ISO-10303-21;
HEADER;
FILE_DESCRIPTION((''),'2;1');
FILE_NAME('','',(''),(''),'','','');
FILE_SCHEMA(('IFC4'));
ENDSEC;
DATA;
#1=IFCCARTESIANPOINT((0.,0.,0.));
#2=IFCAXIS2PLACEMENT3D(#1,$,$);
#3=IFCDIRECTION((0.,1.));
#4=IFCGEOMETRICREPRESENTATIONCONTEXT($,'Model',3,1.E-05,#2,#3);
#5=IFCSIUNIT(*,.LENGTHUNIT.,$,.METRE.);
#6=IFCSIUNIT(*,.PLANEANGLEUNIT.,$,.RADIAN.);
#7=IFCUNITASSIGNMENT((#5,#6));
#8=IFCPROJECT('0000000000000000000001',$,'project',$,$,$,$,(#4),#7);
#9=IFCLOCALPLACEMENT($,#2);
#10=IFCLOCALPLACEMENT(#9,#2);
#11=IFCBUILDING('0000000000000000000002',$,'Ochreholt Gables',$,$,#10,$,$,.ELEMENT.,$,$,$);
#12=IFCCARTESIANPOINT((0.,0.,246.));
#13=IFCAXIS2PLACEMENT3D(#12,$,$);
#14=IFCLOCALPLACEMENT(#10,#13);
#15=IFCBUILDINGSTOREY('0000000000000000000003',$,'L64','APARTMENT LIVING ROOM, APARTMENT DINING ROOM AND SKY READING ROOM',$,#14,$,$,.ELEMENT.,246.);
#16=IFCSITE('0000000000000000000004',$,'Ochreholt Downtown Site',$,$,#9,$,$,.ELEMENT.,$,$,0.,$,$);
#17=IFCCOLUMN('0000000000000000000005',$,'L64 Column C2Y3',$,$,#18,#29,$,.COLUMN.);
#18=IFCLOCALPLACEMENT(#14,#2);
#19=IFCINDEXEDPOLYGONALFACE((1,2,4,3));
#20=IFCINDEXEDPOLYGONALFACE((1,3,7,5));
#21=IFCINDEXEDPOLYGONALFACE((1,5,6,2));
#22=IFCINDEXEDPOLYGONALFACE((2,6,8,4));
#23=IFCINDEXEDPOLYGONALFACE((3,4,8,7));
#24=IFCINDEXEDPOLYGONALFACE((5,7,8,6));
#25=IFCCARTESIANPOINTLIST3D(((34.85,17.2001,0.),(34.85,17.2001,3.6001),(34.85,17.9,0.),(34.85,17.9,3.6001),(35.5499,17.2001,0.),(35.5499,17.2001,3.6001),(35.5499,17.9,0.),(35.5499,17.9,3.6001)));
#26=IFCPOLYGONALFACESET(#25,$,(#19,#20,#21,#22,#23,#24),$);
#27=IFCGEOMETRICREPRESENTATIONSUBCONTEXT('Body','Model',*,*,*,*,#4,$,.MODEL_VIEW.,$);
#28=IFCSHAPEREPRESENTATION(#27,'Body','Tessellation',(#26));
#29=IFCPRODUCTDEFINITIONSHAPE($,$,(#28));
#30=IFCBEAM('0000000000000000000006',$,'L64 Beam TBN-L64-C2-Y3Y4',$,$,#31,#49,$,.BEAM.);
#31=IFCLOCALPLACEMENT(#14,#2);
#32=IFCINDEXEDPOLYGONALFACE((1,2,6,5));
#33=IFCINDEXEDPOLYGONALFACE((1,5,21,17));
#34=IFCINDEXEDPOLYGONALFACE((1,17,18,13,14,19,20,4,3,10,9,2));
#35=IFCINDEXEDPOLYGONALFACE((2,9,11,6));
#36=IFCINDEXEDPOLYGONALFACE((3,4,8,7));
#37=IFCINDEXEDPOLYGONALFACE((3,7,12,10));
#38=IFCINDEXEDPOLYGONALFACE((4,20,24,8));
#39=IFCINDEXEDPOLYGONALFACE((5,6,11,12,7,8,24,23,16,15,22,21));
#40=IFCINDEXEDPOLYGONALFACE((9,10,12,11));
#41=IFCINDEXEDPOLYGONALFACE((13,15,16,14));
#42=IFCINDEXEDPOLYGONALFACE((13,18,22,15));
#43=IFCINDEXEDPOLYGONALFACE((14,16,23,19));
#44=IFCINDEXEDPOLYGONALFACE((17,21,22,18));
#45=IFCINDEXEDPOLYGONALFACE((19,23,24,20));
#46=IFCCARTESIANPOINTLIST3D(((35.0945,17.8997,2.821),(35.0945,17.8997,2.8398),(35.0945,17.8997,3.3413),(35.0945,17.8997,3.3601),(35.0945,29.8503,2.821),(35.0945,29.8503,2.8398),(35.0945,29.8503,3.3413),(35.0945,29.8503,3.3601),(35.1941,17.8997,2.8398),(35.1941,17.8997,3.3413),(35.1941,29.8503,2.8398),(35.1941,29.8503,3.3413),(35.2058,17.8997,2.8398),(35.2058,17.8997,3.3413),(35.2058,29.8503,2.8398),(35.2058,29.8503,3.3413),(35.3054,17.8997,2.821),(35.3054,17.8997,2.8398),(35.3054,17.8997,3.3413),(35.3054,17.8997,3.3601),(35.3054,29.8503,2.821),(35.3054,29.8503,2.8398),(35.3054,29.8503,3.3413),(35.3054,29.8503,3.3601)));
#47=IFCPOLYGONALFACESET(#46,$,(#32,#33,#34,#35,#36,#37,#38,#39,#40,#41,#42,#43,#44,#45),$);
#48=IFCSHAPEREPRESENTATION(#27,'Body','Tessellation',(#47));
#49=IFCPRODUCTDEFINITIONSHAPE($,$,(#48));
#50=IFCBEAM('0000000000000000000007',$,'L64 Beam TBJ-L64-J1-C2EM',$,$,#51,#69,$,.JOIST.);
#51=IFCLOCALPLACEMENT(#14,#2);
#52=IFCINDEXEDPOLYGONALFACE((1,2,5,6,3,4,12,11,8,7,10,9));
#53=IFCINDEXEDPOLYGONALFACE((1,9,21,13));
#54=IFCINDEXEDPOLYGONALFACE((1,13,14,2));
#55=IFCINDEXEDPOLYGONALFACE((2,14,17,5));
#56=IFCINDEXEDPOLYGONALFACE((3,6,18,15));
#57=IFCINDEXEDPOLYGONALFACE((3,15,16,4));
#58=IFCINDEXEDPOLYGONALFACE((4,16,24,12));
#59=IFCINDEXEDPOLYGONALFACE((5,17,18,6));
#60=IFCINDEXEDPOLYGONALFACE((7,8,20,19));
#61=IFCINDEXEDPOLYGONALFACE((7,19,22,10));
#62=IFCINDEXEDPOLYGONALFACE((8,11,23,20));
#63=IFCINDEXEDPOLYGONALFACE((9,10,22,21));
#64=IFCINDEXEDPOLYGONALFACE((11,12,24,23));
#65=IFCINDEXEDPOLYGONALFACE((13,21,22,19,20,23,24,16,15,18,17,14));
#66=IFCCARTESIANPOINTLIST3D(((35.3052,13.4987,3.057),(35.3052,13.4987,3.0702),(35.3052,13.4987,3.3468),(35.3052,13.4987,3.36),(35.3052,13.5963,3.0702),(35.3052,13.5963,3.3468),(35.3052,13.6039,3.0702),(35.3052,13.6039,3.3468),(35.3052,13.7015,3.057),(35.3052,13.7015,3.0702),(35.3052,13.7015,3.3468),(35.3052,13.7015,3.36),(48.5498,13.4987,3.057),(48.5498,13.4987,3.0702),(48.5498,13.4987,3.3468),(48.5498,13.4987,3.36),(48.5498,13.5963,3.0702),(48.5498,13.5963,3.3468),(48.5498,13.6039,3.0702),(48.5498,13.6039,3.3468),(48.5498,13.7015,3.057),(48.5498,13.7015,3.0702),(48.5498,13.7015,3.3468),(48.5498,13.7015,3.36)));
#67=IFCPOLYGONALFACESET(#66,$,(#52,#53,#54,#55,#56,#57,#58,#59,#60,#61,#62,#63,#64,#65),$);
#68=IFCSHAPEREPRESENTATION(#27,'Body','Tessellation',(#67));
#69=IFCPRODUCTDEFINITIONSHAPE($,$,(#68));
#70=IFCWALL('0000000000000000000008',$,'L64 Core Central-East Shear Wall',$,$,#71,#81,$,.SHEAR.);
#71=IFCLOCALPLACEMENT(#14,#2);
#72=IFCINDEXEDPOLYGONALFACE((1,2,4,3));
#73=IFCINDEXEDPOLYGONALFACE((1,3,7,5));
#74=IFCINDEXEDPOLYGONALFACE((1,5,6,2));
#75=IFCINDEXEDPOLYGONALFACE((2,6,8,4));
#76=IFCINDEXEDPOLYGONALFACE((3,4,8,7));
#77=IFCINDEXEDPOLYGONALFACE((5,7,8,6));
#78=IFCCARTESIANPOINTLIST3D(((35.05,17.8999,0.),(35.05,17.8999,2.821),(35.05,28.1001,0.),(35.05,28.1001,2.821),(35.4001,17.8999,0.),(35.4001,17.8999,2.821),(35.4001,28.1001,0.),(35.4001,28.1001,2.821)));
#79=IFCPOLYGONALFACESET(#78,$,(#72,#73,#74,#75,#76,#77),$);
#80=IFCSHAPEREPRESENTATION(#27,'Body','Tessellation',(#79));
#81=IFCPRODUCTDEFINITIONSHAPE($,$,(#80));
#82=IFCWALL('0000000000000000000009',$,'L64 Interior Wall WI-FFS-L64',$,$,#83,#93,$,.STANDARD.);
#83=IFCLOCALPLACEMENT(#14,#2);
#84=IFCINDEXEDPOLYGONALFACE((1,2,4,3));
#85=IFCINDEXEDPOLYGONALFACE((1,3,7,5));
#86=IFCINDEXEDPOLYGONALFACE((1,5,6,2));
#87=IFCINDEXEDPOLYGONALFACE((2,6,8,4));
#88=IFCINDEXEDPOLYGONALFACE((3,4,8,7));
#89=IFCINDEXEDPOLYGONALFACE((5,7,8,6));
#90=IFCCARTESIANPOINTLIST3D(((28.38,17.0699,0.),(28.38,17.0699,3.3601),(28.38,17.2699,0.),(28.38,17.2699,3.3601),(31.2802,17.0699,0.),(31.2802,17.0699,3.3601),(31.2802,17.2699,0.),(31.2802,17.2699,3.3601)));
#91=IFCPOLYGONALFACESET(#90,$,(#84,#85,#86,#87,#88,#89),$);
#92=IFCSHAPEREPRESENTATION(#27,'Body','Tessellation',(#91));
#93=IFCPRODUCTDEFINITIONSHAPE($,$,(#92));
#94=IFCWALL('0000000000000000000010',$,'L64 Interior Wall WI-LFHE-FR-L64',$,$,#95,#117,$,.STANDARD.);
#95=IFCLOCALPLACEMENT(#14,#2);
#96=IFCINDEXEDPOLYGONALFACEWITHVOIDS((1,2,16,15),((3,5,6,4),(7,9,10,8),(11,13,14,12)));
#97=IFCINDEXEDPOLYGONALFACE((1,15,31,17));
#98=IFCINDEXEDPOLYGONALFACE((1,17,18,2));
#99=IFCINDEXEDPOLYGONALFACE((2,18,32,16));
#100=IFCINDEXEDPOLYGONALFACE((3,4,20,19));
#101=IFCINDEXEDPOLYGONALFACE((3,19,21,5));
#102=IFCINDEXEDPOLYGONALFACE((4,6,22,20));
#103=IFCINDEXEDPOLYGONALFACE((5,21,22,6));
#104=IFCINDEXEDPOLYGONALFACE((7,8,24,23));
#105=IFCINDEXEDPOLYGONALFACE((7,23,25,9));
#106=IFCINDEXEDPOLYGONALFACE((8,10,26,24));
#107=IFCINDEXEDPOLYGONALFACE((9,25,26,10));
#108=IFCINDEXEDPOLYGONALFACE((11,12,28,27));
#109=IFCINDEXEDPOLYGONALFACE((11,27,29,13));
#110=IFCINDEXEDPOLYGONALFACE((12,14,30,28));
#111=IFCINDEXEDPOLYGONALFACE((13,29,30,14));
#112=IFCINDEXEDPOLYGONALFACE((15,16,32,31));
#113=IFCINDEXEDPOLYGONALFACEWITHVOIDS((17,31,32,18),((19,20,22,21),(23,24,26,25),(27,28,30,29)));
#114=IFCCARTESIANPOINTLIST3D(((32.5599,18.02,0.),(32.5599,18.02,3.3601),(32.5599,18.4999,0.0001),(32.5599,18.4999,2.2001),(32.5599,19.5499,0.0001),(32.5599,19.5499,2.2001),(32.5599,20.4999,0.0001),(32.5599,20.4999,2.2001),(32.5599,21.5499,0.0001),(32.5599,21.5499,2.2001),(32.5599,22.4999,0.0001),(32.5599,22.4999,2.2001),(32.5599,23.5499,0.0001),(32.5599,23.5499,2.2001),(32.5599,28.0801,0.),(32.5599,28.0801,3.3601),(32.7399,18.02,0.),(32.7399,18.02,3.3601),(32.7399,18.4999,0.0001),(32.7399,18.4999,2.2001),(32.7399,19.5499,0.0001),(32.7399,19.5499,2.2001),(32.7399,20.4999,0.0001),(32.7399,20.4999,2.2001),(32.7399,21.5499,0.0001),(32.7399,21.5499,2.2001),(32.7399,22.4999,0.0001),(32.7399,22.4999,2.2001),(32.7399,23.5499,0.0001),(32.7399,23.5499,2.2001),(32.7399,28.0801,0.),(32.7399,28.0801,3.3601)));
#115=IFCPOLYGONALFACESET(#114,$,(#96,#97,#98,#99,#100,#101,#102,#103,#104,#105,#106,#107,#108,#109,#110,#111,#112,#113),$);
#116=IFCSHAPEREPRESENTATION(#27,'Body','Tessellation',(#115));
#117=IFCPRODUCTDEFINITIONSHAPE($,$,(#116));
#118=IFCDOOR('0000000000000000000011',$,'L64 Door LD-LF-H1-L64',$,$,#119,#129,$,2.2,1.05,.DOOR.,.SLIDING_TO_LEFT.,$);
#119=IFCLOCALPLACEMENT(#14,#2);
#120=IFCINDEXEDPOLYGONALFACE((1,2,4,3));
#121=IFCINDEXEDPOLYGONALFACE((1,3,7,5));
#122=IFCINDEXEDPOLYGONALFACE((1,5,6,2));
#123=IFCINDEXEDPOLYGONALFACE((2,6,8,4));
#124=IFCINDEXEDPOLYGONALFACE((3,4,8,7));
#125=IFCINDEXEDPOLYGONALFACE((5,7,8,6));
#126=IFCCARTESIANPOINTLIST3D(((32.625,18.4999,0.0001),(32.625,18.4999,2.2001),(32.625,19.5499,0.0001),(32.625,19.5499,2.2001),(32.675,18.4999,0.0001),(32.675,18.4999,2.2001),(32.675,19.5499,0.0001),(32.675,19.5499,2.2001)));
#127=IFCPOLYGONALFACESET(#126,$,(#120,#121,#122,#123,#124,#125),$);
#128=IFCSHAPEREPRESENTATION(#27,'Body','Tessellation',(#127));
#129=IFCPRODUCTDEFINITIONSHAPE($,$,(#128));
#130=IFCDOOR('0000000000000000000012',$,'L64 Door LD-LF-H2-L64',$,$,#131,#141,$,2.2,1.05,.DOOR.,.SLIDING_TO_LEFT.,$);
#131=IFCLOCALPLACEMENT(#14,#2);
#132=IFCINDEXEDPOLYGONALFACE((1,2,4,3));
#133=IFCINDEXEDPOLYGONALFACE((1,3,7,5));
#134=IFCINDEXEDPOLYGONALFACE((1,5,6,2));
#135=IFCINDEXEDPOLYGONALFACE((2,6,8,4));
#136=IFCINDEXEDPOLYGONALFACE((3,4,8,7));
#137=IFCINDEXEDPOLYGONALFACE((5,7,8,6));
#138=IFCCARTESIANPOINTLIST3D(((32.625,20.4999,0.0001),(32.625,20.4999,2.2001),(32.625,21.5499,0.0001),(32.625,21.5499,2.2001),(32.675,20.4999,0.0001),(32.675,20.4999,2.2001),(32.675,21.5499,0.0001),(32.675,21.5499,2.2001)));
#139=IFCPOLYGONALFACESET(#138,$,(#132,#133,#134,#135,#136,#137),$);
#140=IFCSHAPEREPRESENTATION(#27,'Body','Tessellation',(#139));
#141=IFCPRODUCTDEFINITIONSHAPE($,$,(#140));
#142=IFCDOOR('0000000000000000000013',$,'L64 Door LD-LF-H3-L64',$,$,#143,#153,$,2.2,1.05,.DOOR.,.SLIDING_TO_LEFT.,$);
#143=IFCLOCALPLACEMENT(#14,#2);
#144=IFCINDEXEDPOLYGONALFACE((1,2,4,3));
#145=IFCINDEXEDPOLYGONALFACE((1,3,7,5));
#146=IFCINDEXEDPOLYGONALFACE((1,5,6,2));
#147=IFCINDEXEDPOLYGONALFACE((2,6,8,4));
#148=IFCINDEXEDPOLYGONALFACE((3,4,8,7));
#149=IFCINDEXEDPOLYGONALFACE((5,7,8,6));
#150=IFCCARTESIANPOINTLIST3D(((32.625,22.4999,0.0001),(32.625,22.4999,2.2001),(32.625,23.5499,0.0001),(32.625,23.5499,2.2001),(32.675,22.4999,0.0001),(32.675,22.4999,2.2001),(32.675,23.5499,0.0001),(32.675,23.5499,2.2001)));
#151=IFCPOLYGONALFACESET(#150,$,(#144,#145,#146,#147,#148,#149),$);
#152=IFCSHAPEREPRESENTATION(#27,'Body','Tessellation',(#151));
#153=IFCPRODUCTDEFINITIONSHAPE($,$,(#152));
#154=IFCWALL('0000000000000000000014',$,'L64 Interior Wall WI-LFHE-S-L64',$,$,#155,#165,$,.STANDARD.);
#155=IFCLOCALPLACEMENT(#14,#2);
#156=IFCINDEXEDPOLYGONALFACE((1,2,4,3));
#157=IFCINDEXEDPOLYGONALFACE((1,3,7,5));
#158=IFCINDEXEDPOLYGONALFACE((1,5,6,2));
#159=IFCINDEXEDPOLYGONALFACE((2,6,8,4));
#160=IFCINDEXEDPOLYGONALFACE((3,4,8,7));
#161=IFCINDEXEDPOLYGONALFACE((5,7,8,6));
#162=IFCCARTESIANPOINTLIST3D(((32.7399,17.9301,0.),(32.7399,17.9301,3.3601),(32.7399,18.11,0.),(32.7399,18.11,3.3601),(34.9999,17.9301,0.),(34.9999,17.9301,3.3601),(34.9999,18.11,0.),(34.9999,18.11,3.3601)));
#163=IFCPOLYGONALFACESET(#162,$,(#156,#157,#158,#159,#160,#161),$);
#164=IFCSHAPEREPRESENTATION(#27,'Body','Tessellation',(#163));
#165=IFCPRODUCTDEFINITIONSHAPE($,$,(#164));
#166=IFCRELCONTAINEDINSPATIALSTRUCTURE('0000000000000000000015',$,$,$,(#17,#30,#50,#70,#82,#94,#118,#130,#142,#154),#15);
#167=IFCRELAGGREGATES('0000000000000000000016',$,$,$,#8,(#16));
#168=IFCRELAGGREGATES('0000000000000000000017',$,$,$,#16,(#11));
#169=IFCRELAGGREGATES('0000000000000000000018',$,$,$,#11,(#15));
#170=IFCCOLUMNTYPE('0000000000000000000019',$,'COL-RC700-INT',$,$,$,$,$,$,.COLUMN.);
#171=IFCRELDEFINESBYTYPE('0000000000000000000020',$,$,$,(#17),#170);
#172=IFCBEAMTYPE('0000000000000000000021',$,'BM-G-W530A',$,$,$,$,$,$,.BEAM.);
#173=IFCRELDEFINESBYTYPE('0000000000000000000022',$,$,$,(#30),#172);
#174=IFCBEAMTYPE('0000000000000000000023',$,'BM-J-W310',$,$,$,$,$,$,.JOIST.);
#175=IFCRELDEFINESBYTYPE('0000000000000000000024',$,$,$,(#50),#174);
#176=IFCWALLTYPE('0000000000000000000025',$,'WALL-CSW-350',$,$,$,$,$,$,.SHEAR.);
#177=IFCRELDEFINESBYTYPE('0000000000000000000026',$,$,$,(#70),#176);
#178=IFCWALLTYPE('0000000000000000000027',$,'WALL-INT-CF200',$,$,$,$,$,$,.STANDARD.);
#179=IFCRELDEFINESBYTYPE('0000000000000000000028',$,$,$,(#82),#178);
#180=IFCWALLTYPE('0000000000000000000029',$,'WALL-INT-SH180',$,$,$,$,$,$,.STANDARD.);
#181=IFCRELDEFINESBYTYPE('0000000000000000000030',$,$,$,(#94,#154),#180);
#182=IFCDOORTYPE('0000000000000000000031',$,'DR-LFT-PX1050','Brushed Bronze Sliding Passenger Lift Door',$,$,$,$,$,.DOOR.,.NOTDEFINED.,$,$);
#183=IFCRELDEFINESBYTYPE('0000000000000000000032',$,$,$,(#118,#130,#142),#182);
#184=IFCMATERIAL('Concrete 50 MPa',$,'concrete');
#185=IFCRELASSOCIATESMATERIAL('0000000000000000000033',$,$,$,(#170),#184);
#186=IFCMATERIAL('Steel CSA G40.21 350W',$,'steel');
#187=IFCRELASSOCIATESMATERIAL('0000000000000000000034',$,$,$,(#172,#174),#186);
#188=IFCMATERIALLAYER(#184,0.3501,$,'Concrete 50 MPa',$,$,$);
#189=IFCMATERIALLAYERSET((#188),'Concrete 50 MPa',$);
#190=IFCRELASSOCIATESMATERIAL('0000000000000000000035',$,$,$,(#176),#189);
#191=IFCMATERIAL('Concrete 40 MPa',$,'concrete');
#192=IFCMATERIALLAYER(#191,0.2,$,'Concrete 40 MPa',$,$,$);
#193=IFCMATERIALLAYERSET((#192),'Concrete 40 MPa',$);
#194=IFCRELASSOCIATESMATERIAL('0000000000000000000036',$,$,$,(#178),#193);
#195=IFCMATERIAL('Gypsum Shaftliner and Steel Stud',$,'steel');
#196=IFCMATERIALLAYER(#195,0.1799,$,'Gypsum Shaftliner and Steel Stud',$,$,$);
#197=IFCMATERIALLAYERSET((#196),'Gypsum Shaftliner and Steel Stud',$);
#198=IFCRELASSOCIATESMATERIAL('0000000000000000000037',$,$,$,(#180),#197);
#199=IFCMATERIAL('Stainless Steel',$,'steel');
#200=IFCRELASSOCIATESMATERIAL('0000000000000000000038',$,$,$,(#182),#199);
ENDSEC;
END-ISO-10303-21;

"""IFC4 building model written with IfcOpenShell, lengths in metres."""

from ifc_helpers import new_model, si_unit, direction, frame, frame_2d, origin, origin_2d, place, context, subcontext, project, spatial, rectangle, i_section, extrude, material, layer, layer_set, material_profile, profile_set, type_object, element, fill, save


model = new_model("IFC4")

# Units and contexts
model_context = context("Model", 3, precision=1e-05, world=origin(), true_north=direction((0.0, 1.0)))
body_context = subcontext(model_context, "Body", "Model", "MODEL_VIEW")
ifc_project = project(units=[si_unit("LENGTHUNIT", "METRE"), si_unit("PLANEANGLEUNIT", "RADIAN")], contexts=[model_context])

# Site, building, storey
site_placement = place(None, origin())
site = spatial("IfcSite", under=ifc_project, at=site_placement, Name="Ochreholt Downtown Site", CompositionType="ELEMENT", RefElevation=0.0)
building_placement = place(site_placement, origin())
building = spatial("IfcBuilding", under=site, at=building_placement, Name="Ochreholt Gables", CompositionType="ELEMENT")
storey_placement = place(building_placement, frame((0.0, 0.0, 246.0)))
storey = spatial("IfcBuildingStorey", under=building, at=storey_placement, Name="L64", Description="APARTMENT LIVING ROOM, APARTMENT DINING ROOM AND SKY READING ROOM", CompositionType="ELEMENT", Elevation=246.0)

# Column
ifc_material_1 = material(Name="Concrete 50 MPa", Category="concrete")
ifc_material_profile_1 = material_profile(ifc_material_1, rectangle(XDim=0.7, YDim=0.7, at=origin_2d()), Name="RC700X700")
ifc_profile_set_1 = profile_set([ifc_material_profile_1], Name="Concrete 50 MPa")
column_type = type_object("IfcColumnType", Name="COL-RC700-INT", PredefinedType="COLUMN", material=ifc_profile_set_1)
column_placement = place(storey_placement, frame((35.2, 17.55, 0.0), z_axis=(0.0, 0.0, 1.0), x_axis=(1.0, 0.0, 0.0)))
element("IfcColumn", 1, at=column_placement, inside=storey, type_object=column_type, Name="L64 Column C2Y3", PredefinedType="COLUMN", context=body_context, shape_type="SweptSolid", body=[
    extrude(rectangle(XDim=0.7, YDim=0.7, at=origin_2d()), origin(), (0.0, 0.0, 1.0), 3.6001),
])

# Beams
ifc_material_2 = material(Name="Steel CSA G40.21 350W", Category="steel")
ifc_material_profile_2 = material_profile(ifc_material_2, i_section(OverallWidth=0.2109, OverallDepth=0.5391, WebThickness=0.0117, FlangeThickness=0.0188, at=origin_2d()), Name="W530X109")
ifc_profile_set_2 = profile_set([ifc_material_profile_2], Name="Steel CSA G40.21 350W")
beam_type_1 = type_object("IfcBeamType", Name="BM-G-W530A", PredefinedType="BEAM", material=ifc_profile_set_2)
beam_1_placement = place(storey_placement, frame((35.2, 17.8997, 3.0906), z_axis=(0.0, 1.0, 0.0), x_axis=(-1.0, 0.0, 0.0)))
element("IfcBeam", 2, at=beam_1_placement, inside=storey, type_object=beam_type_1, Name="L64 Beam TBN-L64-C2-Y3Y4", PredefinedType="BEAM", context=body_context, shape_type="SweptSolid", body=[
    extrude(i_section(OverallWidth=0.2109, OverallDepth=0.5391, WebThickness=0.0117, FlangeThickness=0.0188, at=origin_2d()), origin(), (0.0, 0.0, 1.0), 11.9507),
])
ifc_material_profile_3 = material_profile(ifc_material_2, i_section(OverallWidth=0.2029, OverallDepth=0.303, WebThickness=0.0076, FlangeThickness=0.0132, at=origin_2d()), Name="W310X60")
ifc_profile_set_3 = profile_set([ifc_material_profile_3], Name="Steel CSA G40.21 350W")
beam_type_2 = type_object("IfcBeamType", Name="BM-J-W310", PredefinedType="JOIST", material=ifc_profile_set_3)
beam_2_placement = place(storey_placement, frame((35.3052, 13.6001, 3.2085), z_axis=(1.0, 0.0, 0.0), x_axis=(0.0, 1.0, 0.0)))
element("IfcBeam", 3, at=beam_2_placement, inside=storey, type_object=beam_type_2, Name="L64 Beam TBJ-L64-J1-C2EM", PredefinedType="JOIST", context=body_context, shape_type="SweptSolid", body=[
    extrude(i_section(OverallWidth=0.2029, OverallDepth=0.303, WebThickness=0.0076, FlangeThickness=0.0132, at=origin_2d()), origin(), (0.0, 0.0, 1.0), 13.2446),
])

# Walls
ifc_layer_1 = layer(ifc_material_1, 0.3501, Name="Concrete 50 MPa")
ifc_layer_set_1 = layer_set([ifc_layer_1], Name="Concrete 50 MPa")
wall_type_1 = type_object("IfcWallType", Name="WALL-CSW-350", PredefinedType="SHEAR", material=ifc_layer_set_1)
wall_1_placement = place(storey_placement, frame((35.2251, 17.8999, 0.0), z_axis=(0.0, 0.0, 1.0), x_axis=(0.0, 1.0, 0.0)))
element("IfcWall", 4, at=wall_1_placement, inside=storey, type_object=wall_type_1, Name="L64 Core Central-East Shear Wall", PredefinedType="SHEAR", context=body_context, shape_type="SweptSolid", body=[
    extrude(rectangle(XDim=10.2002, YDim=0.3501, at=frame_2d((5.1001, 0.0))), origin(), (0.0, 0.0, 1.0), 2.821),
])
ifc_material_3 = material(Name="Concrete 40 MPa", Category="concrete")
ifc_layer_2 = layer(ifc_material_3, 0.2, Name="Concrete 40 MPa")
ifc_layer_set_2 = layer_set([ifc_layer_2], Name="Concrete 40 MPa")
wall_type_2 = type_object("IfcWallType", Name="WALL-INT-CF200", PredefinedType="STANDARD", material=ifc_layer_set_2)
wall_2_placement = place(storey_placement, frame((28.3799, 17.1699, 0.0), z_axis=(0.0, 0.0, 1.0), x_axis=(1.0, 0.0, 0.0)))
element("IfcWall", 5, at=wall_2_placement, inside=storey, type_object=wall_type_2, Name="L64 Interior Wall WI-FFS-L64", PredefinedType="STANDARD", context=body_context, shape_type="SweptSolid", body=[
    extrude(rectangle(XDim=2.9001, YDim=0.2, at=frame_2d((1.4502, 0.0))), origin(), (0.0, 0.0, 1.0), 3.3601),
])

# Wall, openings, doors
ifc_material_4 = material(Name="Gypsum Shaftliner and Steel Stud", Category="steel")
ifc_layer_3 = layer(ifc_material_4, 0.1799, Name="Gypsum Shaftliner and Steel Stud")
ifc_layer_set_3 = layer_set([ifc_layer_3], Name="Gypsum Shaftliner and Steel Stud")
wall_type_3 = type_object("IfcWallType", Name="WALL-INT-SH180", PredefinedType="STANDARD", material=ifc_layer_set_3)
wall_3_placement = place(storey_placement, frame((32.6499, 18.02, 0.0), z_axis=(0.0, 0.0, 1.0), x_axis=(0.0, 1.0, 0.0)))
wall_3 = element("IfcWall", 6, at=wall_3_placement, inside=storey, type_object=wall_type_3, Name="L64 Interior Wall WI-LFHE-FR-L64", PredefinedType="STANDARD", context=body_context, shape_type="SweptSolid", body=[
    extrude(rectangle(XDim=10.0601, YDim=0.1799, at=frame_2d((5.03, 0.0))), origin(), (0.0, 0.0, 1.0), 3.3601),
])
opening_1_placement = place(wall_3_placement, frame((0.48, 0.0, 0.0)))
opening_1 = element("IfcOpeningElement", 7, at=opening_1_placement, cuts=wall_3, PredefinedType="OPENING", context=body_context, shape_type="SweptSolid", body=[
    extrude(rectangle(XDim=1.05, YDim=2.2, at=frame_2d((0.5249, 1.1001))), frame((0.0, 0.0999, 0.0), z_axis=(0.0, -1.0, 0.0), x_axis=(1.0, 0.0, 0.0)), (0.0, 0.0, 1.0), 0.2),
])
opening_2_placement = place(wall_3_placement, frame((2.48, 0.0, 0.0)))
opening_2 = element("IfcOpeningElement", 8, at=opening_2_placement, cuts=wall_3, PredefinedType="OPENING", context=body_context, shape_type="SweptSolid", body=[
    extrude(rectangle(XDim=1.05, YDim=2.2, at=frame_2d((0.5249, 1.1001))), frame((0.0, 0.0999, 0.0), z_axis=(0.0, -1.0, 0.0), x_axis=(1.0, 0.0, 0.0)), (0.0, 0.0, 1.0), 0.2),
])
opening_3_placement = place(wall_3_placement, frame((4.48, 0.0, 0.0)))
opening_3 = element("IfcOpeningElement", 9, at=opening_3_placement, cuts=wall_3, PredefinedType="OPENING", context=body_context, shape_type="SweptSolid", body=[
    extrude(rectangle(XDim=1.05, YDim=2.2, at=frame_2d((0.5249, 1.1001))), frame((0.0, 0.0999, 0.0), z_axis=(0.0, -1.0, 0.0), x_axis=(1.0, 0.0, 0.0)), (0.0, 0.0, 1.0), 0.2),
])
ifc_material_5 = material(Name="Stainless Steel", Category="steel")
door_type_1 = type_object("IfcDoorType", Name="DR-LFT-PX1050", Description="Brushed Bronze Sliding Passenger Lift Door", OperationType="NOTDEFINED", PredefinedType="DOOR", material=ifc_material_5)
door_1_placement = place(opening_1_placement, origin())
door_1 = element("IfcDoor", 10, at=door_1_placement, inside=storey, type_object=door_type_1, Name="L64 Door LD-LF-H1-L64", OperationType="SLIDING_TO_LEFT", OverallHeight=2.2, OverallWidth=1.05, PredefinedType="DOOR", context=body_context, shape_type="SweptSolid", body=[
    extrude(rectangle(XDim=1.05, YDim=2.2, at=frame_2d((0.5249, 1.1001))), frame((0.0, 0.0249, 0.0), z_axis=(0.0, -1.0, 0.0), x_axis=(1.0, 0.0, 0.0)), (0.0, 0.0, 1.0), 0.05),
])
fill(opening_1, door_1)
door_2_placement = place(opening_2_placement, origin())
door_2 = element("IfcDoor", 11, at=door_2_placement, inside=storey, type_object=door_type_1, Name="L64 Door LD-LF-H2-L64", OperationType="SLIDING_TO_LEFT", OverallHeight=2.2, OverallWidth=1.05, PredefinedType="DOOR", context=body_context, shape_type="SweptSolid", body=[
    extrude(rectangle(XDim=1.05, YDim=2.2, at=frame_2d((0.5249, 1.1001))), frame((0.0, 0.0249, 0.0), z_axis=(0.0, -1.0, 0.0), x_axis=(1.0, 0.0, 0.0)), (0.0, 0.0, 1.0), 0.05),
])
fill(opening_2, door_2)
door_3_placement = place(opening_3_placement, origin())
door_3 = element("IfcDoor", 12, at=door_3_placement, inside=storey, type_object=door_type_1, Name="L64 Door LD-LF-H3-L64", OperationType="SLIDING_TO_LEFT", OverallHeight=2.2, OverallWidth=1.05, PredefinedType="DOOR", context=body_context, shape_type="SweptSolid", body=[
    extrude(rectangle(XDim=1.05, YDim=2.2, at=frame_2d((0.5249, 1.1001))), frame((0.0, 0.0249, 0.0), z_axis=(0.0, -1.0, 0.0), x_axis=(1.0, 0.0, 0.0)), (0.0, 0.0, 1.0), 0.05),
])
fill(opening_3, door_3)

# Wall
wall_4_placement = place(storey_placement, frame((32.74, 18.02, 0.0), z_axis=(0.0, 0.0, 1.0), x_axis=(1.0, 0.0, 0.0)))
element("IfcWall", 13, at=wall_4_placement, inside=storey, type_object=wall_type_3, Name="L64 Interior Wall WI-LFHE-S-L64", PredefinedType="STANDARD", context=body_context, shape_type="SweptSolid", body=[
    extrude(rectangle(XDim=2.26, YDim=0.1799, at=frame_2d((1.1299, 0.0))), origin(), (0.0, 0.0, 1.0), 3.3601),
])

save(model, "model.ifc")
